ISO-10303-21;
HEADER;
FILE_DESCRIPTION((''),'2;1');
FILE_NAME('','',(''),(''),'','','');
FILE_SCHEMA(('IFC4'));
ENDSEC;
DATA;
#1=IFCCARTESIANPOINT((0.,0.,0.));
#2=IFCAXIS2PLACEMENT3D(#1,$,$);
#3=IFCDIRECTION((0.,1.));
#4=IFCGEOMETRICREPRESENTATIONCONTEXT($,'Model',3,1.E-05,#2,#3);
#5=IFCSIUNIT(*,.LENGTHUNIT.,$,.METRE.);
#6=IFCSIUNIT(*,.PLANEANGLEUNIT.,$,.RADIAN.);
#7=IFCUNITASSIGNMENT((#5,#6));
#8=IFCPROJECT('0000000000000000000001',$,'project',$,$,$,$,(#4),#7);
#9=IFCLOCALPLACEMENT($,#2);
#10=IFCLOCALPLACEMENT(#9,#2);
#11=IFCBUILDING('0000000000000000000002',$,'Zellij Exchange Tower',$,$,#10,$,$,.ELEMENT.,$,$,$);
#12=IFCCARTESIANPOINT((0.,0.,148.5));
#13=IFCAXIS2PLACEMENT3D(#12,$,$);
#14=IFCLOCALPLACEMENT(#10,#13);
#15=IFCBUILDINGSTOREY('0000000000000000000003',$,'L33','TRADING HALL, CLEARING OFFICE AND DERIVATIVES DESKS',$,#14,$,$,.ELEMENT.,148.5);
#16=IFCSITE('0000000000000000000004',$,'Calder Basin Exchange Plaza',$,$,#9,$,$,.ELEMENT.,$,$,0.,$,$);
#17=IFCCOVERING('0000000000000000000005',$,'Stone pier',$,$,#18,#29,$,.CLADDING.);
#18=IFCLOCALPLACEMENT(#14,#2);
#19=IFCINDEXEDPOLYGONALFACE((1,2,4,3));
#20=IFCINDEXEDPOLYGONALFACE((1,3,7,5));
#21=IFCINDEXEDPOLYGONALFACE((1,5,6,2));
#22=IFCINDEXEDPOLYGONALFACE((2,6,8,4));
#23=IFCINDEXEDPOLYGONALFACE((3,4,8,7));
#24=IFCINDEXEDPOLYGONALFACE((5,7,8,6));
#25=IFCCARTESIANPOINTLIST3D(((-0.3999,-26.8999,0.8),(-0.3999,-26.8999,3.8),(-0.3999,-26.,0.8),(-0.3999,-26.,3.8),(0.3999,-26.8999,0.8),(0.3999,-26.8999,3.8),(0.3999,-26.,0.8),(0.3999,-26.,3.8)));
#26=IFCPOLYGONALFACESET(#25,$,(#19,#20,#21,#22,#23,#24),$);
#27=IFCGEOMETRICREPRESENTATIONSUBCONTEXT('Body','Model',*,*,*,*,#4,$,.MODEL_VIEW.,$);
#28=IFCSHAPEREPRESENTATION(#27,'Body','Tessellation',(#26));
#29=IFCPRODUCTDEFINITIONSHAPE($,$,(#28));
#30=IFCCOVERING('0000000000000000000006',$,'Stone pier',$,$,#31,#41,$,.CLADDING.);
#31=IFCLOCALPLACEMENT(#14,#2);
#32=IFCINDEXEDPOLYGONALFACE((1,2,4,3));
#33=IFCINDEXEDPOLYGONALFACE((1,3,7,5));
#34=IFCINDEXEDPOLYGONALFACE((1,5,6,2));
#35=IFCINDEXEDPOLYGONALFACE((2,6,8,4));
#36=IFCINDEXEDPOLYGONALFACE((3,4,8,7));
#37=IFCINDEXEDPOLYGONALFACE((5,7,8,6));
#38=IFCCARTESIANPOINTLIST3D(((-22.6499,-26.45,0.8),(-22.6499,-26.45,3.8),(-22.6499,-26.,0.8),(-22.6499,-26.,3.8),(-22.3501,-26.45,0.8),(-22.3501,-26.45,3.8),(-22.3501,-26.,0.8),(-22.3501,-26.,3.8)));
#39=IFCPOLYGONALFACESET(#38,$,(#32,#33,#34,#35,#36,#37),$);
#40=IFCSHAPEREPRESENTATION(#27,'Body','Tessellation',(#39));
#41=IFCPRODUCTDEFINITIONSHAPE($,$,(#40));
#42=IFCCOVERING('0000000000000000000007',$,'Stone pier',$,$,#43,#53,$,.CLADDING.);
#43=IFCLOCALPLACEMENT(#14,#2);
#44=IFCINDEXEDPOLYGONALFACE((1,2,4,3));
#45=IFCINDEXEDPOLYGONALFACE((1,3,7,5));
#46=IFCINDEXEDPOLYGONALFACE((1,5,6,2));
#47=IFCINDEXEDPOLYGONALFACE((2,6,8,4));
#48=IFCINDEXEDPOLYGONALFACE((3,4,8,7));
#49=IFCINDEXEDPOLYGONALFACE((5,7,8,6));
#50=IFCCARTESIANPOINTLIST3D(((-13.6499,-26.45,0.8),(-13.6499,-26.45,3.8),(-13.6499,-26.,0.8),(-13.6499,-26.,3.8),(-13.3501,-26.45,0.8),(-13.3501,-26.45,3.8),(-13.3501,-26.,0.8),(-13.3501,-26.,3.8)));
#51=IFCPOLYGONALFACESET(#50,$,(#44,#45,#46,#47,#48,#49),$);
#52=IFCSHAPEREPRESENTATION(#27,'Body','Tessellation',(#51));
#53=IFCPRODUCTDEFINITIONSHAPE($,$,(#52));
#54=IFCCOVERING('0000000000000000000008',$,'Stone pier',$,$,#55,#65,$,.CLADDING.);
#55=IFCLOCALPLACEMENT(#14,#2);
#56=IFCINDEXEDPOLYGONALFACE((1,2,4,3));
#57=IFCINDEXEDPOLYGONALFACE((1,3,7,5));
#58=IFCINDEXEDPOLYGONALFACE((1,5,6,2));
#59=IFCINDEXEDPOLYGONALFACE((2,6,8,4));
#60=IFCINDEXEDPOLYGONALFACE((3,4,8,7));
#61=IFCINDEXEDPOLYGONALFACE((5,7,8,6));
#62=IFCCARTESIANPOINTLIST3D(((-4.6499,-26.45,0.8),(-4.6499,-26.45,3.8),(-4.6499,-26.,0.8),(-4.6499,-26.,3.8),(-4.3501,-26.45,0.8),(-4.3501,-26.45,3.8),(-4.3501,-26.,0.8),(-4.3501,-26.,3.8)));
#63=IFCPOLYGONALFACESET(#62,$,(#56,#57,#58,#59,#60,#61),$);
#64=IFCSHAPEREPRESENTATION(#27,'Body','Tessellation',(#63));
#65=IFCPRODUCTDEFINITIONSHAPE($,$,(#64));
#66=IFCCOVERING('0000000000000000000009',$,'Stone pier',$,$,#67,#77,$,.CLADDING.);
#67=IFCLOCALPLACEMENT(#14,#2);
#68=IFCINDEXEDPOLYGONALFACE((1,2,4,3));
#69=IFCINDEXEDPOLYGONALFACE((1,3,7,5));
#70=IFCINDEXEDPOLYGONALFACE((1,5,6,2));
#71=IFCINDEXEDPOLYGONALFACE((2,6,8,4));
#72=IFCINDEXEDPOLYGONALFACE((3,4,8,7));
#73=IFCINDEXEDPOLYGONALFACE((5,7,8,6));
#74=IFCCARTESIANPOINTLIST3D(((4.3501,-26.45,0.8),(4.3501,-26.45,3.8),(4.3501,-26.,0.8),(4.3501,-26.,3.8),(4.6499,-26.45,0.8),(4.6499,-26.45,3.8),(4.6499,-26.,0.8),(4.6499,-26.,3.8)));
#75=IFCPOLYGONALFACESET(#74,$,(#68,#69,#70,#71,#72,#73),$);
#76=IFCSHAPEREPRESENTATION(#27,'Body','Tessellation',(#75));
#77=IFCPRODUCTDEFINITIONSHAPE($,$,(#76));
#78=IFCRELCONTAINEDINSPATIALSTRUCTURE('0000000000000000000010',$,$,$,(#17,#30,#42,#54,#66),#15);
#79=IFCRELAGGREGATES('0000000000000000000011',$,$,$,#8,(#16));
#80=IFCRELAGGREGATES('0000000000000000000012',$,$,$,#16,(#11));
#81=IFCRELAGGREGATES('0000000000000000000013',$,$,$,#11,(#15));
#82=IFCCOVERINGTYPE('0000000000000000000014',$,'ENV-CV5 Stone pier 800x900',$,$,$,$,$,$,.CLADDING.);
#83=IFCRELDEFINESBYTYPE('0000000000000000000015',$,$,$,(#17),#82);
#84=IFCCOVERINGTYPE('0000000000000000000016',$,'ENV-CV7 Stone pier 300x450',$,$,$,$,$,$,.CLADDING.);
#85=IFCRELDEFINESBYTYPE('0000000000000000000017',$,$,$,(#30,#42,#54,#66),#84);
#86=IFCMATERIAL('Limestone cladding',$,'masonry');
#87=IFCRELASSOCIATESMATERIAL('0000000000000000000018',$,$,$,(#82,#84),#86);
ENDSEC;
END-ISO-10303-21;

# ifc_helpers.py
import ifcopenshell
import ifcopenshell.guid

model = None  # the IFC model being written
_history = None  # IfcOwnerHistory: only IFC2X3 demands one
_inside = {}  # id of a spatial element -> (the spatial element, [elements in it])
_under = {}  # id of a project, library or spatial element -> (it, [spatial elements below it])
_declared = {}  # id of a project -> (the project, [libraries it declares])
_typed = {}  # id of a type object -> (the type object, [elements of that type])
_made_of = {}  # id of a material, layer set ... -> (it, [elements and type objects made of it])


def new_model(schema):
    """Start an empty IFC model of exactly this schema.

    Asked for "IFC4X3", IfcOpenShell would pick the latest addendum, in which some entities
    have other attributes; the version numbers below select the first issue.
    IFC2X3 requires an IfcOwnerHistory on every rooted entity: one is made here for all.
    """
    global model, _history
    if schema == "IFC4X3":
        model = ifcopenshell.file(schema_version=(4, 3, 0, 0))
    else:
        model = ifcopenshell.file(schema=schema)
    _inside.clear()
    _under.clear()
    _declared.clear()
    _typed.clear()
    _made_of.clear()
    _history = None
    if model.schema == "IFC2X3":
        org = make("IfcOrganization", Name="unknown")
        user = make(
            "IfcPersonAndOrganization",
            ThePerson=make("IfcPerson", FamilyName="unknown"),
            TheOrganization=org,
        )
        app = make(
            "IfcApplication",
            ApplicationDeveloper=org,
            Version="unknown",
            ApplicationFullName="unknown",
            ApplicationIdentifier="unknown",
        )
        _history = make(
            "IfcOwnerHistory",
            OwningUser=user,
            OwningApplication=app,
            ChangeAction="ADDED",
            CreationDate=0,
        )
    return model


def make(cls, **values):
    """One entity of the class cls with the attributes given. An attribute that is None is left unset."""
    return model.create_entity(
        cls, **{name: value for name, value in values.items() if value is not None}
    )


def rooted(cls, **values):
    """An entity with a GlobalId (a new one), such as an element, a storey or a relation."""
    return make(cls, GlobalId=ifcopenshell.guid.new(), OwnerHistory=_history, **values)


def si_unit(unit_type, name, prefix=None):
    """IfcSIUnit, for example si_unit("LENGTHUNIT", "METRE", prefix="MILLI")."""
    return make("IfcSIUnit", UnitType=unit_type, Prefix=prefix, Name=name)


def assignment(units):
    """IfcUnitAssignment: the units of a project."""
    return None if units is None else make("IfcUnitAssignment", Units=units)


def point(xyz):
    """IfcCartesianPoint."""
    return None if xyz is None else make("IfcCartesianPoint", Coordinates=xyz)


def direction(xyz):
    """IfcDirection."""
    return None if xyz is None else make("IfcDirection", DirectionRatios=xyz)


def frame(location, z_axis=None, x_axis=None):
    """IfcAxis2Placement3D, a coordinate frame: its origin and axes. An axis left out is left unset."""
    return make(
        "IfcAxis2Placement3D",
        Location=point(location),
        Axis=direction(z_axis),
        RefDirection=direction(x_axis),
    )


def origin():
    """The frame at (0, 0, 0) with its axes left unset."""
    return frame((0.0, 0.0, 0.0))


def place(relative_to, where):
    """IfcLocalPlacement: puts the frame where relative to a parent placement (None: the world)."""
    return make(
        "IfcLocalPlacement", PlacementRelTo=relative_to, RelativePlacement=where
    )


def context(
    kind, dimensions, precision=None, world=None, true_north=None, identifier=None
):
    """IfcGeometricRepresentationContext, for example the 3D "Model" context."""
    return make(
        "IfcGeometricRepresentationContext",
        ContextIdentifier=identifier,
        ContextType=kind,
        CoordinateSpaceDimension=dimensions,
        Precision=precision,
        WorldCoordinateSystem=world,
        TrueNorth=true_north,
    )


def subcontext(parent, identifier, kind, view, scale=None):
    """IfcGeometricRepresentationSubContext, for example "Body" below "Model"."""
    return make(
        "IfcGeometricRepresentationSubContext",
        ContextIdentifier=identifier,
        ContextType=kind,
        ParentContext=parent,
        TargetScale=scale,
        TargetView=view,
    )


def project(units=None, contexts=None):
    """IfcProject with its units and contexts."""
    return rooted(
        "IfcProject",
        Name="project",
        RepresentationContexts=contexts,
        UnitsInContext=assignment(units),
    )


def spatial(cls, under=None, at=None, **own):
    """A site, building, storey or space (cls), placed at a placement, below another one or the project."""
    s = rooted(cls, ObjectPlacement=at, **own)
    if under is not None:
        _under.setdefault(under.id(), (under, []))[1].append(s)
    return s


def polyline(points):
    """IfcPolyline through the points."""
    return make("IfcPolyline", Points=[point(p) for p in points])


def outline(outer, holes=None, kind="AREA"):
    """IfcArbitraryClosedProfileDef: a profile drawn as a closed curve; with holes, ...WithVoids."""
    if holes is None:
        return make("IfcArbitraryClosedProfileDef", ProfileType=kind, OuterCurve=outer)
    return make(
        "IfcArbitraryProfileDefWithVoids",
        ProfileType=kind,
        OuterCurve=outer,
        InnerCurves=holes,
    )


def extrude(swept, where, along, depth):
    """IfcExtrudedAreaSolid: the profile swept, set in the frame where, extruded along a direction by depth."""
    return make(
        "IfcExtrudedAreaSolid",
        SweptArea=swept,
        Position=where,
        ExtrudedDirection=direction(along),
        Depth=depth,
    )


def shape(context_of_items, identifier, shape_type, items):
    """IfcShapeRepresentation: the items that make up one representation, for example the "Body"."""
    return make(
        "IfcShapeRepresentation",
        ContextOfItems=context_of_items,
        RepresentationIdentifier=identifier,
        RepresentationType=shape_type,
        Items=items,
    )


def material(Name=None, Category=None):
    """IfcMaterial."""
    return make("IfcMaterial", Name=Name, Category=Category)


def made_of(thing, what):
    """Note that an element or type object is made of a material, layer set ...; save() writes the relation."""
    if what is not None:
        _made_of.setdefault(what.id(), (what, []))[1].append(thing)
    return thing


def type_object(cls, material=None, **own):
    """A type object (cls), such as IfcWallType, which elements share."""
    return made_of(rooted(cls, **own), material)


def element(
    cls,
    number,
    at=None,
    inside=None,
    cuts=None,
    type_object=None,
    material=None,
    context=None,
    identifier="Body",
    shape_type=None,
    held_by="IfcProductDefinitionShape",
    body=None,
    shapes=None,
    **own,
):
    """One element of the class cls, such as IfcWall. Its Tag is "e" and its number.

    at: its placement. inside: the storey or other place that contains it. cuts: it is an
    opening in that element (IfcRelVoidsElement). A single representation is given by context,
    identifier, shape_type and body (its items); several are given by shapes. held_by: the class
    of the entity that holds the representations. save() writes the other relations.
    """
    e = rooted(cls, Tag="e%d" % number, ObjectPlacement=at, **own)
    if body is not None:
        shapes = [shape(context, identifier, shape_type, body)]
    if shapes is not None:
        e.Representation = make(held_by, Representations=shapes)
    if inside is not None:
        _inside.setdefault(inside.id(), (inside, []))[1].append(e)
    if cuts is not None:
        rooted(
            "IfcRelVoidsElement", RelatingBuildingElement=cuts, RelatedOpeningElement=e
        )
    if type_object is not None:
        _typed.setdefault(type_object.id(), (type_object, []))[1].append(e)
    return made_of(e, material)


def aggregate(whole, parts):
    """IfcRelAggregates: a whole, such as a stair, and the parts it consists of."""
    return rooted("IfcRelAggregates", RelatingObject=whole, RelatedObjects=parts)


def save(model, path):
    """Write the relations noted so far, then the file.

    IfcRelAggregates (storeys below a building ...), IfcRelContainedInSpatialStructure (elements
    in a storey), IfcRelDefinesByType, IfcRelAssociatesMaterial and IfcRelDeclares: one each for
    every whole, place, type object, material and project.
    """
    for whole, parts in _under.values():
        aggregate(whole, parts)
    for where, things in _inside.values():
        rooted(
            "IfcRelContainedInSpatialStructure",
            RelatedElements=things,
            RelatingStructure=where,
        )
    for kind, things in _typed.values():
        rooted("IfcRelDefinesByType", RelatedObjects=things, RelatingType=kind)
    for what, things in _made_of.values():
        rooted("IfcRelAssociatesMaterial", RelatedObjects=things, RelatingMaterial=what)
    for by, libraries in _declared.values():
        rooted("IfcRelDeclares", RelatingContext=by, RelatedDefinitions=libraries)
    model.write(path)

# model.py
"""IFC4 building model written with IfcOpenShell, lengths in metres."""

from ifc_helpers import new_model, si_unit, direction, frame, origin, place, context, subcontext, project, spatial, polyline, outline, extrude, material, type_object, element, save


model = new_model("IFC4")

# Units and contexts
model_context = context("Model", 3, precision=1e-05, world=origin(), true_north=direction((0.0, 1.0)))
body_context = subcontext(model_context, "Body", "Model", "MODEL_VIEW")
ifc_project = project(units=[si_unit("LENGTHUNIT", "METRE"), si_unit("PLANEANGLEUNIT", "RADIAN")], contexts=[model_context])

# Site, building, storey
site_placement = place(None, origin())
site = spatial("IfcSite", under=ifc_project, at=site_placement, Name="Calder Basin Exchange Plaza", CompositionType="ELEMENT", RefElevation=0.0)
building_placement = place(site_placement, origin())
building = spatial("IfcBuilding", under=site, at=building_placement, Name="Zellij Exchange Tower", CompositionType="ELEMENT")
storey_placement = place(building_placement, frame((0.0, 0.0, 148.5)))
storey = spatial("IfcBuildingStorey", under=building, at=storey_placement, Name="L33", Description="TRADING HALL, CLEARING OFFICE AND DERIVATIVES DESKS", CompositionType="ELEMENT", Elevation=148.5)

# Coverings
ifc_material_1 = material(Name="Limestone cladding", Category="masonry")
covering_type_1 = type_object("IfcCoveringType", Name="ENV-CV5 Stone pier 800x900", PredefinedType="CLADDING", material=ifc_material_1)
covering_1_placement = place(storey_placement, frame((0.0, 0.0, 0.8)))
element("IfcCovering", 1, at=covering_1_placement, inside=storey, type_object=covering_type_1, Name="Stone pier", PredefinedType="CLADDING", context=body_context, shape_type="SweptSolid", body=[
    extrude(outline(polyline([(-0.3999, -26.0), (0.3999, -26.0), (0.3999, -26.8999), (-0.3999, -26.8999), (-0.3999, -26.0)])), origin(), (0.0, 0.0, 1.0), 3.0),
])
covering_type_2 = type_object("IfcCoveringType", Name="ENV-CV7 Stone pier 300x450", PredefinedType="CLADDING", material=ifc_material_1)
covering_2_placement = place(storey_placement, frame((0.0, 0.0, 0.8)))
element("IfcCovering", 2, at=covering_2_placement, inside=storey, type_object=covering_type_2, Name="Stone pier", PredefinedType="CLADDING", context=body_context, shape_type="SweptSolid", body=[
    extrude(outline(polyline([(-22.6499, -26.0), (-22.3501, -26.0), (-22.3501, -26.45), (-22.6499, -26.45), (-22.6499, -26.0)])), origin(), (0.0, 0.0, 1.0), 3.0),
])
covering_3_placement = place(storey_placement, frame((0.0, 0.0, 0.8)))
element("IfcCovering", 3, at=covering_3_placement, inside=storey, type_object=covering_type_2, Name="Stone pier", PredefinedType="CLADDING", context=body_context, shape_type="SweptSolid", body=[
    extrude(outline(polyline([(-13.6499, -26.0), (-13.3501, -26.0), (-13.3501, -26.45), (-13.6499, -26.45), (-13.6499, -26.0)])), origin(), (0.0, 0.0, 1.0), 3.0),
])
covering_4_placement = place(storey_placement, frame((0.0, 0.0, 0.8)))
element("IfcCovering", 4, at=covering_4_placement, inside=storey, type_object=covering_type_2, Name="Stone pier", PredefinedType="CLADDING", context=body_context, shape_type="SweptSolid", body=[
    extrude(outline(polyline([(-4.6499, -26.0), (-4.3501, -26.0), (-4.3501, -26.45), (-4.6499, -26.45), (-4.6499, -26.0)])), origin(), (0.0, 0.0, 1.0), 3.0),
])
covering_5_placement = place(storey_placement, frame((0.0, 0.0, 0.8)))
element("IfcCovering", 5, at=covering_5_placement, inside=storey, type_object=covering_type_2, Name="Stone pier", PredefinedType="CLADDING", context=body_context, shape_type="SweptSolid", body=[
    extrude(outline(polyline([(4.3501, -26.0), (4.6499, -26.0), (4.6499, -26.45), (4.3501, -26.45), (4.3501, -26.0)])), origin(), (0.0, 0.0, 1.0), 3.0),
])

save(model, "model.ifc")
